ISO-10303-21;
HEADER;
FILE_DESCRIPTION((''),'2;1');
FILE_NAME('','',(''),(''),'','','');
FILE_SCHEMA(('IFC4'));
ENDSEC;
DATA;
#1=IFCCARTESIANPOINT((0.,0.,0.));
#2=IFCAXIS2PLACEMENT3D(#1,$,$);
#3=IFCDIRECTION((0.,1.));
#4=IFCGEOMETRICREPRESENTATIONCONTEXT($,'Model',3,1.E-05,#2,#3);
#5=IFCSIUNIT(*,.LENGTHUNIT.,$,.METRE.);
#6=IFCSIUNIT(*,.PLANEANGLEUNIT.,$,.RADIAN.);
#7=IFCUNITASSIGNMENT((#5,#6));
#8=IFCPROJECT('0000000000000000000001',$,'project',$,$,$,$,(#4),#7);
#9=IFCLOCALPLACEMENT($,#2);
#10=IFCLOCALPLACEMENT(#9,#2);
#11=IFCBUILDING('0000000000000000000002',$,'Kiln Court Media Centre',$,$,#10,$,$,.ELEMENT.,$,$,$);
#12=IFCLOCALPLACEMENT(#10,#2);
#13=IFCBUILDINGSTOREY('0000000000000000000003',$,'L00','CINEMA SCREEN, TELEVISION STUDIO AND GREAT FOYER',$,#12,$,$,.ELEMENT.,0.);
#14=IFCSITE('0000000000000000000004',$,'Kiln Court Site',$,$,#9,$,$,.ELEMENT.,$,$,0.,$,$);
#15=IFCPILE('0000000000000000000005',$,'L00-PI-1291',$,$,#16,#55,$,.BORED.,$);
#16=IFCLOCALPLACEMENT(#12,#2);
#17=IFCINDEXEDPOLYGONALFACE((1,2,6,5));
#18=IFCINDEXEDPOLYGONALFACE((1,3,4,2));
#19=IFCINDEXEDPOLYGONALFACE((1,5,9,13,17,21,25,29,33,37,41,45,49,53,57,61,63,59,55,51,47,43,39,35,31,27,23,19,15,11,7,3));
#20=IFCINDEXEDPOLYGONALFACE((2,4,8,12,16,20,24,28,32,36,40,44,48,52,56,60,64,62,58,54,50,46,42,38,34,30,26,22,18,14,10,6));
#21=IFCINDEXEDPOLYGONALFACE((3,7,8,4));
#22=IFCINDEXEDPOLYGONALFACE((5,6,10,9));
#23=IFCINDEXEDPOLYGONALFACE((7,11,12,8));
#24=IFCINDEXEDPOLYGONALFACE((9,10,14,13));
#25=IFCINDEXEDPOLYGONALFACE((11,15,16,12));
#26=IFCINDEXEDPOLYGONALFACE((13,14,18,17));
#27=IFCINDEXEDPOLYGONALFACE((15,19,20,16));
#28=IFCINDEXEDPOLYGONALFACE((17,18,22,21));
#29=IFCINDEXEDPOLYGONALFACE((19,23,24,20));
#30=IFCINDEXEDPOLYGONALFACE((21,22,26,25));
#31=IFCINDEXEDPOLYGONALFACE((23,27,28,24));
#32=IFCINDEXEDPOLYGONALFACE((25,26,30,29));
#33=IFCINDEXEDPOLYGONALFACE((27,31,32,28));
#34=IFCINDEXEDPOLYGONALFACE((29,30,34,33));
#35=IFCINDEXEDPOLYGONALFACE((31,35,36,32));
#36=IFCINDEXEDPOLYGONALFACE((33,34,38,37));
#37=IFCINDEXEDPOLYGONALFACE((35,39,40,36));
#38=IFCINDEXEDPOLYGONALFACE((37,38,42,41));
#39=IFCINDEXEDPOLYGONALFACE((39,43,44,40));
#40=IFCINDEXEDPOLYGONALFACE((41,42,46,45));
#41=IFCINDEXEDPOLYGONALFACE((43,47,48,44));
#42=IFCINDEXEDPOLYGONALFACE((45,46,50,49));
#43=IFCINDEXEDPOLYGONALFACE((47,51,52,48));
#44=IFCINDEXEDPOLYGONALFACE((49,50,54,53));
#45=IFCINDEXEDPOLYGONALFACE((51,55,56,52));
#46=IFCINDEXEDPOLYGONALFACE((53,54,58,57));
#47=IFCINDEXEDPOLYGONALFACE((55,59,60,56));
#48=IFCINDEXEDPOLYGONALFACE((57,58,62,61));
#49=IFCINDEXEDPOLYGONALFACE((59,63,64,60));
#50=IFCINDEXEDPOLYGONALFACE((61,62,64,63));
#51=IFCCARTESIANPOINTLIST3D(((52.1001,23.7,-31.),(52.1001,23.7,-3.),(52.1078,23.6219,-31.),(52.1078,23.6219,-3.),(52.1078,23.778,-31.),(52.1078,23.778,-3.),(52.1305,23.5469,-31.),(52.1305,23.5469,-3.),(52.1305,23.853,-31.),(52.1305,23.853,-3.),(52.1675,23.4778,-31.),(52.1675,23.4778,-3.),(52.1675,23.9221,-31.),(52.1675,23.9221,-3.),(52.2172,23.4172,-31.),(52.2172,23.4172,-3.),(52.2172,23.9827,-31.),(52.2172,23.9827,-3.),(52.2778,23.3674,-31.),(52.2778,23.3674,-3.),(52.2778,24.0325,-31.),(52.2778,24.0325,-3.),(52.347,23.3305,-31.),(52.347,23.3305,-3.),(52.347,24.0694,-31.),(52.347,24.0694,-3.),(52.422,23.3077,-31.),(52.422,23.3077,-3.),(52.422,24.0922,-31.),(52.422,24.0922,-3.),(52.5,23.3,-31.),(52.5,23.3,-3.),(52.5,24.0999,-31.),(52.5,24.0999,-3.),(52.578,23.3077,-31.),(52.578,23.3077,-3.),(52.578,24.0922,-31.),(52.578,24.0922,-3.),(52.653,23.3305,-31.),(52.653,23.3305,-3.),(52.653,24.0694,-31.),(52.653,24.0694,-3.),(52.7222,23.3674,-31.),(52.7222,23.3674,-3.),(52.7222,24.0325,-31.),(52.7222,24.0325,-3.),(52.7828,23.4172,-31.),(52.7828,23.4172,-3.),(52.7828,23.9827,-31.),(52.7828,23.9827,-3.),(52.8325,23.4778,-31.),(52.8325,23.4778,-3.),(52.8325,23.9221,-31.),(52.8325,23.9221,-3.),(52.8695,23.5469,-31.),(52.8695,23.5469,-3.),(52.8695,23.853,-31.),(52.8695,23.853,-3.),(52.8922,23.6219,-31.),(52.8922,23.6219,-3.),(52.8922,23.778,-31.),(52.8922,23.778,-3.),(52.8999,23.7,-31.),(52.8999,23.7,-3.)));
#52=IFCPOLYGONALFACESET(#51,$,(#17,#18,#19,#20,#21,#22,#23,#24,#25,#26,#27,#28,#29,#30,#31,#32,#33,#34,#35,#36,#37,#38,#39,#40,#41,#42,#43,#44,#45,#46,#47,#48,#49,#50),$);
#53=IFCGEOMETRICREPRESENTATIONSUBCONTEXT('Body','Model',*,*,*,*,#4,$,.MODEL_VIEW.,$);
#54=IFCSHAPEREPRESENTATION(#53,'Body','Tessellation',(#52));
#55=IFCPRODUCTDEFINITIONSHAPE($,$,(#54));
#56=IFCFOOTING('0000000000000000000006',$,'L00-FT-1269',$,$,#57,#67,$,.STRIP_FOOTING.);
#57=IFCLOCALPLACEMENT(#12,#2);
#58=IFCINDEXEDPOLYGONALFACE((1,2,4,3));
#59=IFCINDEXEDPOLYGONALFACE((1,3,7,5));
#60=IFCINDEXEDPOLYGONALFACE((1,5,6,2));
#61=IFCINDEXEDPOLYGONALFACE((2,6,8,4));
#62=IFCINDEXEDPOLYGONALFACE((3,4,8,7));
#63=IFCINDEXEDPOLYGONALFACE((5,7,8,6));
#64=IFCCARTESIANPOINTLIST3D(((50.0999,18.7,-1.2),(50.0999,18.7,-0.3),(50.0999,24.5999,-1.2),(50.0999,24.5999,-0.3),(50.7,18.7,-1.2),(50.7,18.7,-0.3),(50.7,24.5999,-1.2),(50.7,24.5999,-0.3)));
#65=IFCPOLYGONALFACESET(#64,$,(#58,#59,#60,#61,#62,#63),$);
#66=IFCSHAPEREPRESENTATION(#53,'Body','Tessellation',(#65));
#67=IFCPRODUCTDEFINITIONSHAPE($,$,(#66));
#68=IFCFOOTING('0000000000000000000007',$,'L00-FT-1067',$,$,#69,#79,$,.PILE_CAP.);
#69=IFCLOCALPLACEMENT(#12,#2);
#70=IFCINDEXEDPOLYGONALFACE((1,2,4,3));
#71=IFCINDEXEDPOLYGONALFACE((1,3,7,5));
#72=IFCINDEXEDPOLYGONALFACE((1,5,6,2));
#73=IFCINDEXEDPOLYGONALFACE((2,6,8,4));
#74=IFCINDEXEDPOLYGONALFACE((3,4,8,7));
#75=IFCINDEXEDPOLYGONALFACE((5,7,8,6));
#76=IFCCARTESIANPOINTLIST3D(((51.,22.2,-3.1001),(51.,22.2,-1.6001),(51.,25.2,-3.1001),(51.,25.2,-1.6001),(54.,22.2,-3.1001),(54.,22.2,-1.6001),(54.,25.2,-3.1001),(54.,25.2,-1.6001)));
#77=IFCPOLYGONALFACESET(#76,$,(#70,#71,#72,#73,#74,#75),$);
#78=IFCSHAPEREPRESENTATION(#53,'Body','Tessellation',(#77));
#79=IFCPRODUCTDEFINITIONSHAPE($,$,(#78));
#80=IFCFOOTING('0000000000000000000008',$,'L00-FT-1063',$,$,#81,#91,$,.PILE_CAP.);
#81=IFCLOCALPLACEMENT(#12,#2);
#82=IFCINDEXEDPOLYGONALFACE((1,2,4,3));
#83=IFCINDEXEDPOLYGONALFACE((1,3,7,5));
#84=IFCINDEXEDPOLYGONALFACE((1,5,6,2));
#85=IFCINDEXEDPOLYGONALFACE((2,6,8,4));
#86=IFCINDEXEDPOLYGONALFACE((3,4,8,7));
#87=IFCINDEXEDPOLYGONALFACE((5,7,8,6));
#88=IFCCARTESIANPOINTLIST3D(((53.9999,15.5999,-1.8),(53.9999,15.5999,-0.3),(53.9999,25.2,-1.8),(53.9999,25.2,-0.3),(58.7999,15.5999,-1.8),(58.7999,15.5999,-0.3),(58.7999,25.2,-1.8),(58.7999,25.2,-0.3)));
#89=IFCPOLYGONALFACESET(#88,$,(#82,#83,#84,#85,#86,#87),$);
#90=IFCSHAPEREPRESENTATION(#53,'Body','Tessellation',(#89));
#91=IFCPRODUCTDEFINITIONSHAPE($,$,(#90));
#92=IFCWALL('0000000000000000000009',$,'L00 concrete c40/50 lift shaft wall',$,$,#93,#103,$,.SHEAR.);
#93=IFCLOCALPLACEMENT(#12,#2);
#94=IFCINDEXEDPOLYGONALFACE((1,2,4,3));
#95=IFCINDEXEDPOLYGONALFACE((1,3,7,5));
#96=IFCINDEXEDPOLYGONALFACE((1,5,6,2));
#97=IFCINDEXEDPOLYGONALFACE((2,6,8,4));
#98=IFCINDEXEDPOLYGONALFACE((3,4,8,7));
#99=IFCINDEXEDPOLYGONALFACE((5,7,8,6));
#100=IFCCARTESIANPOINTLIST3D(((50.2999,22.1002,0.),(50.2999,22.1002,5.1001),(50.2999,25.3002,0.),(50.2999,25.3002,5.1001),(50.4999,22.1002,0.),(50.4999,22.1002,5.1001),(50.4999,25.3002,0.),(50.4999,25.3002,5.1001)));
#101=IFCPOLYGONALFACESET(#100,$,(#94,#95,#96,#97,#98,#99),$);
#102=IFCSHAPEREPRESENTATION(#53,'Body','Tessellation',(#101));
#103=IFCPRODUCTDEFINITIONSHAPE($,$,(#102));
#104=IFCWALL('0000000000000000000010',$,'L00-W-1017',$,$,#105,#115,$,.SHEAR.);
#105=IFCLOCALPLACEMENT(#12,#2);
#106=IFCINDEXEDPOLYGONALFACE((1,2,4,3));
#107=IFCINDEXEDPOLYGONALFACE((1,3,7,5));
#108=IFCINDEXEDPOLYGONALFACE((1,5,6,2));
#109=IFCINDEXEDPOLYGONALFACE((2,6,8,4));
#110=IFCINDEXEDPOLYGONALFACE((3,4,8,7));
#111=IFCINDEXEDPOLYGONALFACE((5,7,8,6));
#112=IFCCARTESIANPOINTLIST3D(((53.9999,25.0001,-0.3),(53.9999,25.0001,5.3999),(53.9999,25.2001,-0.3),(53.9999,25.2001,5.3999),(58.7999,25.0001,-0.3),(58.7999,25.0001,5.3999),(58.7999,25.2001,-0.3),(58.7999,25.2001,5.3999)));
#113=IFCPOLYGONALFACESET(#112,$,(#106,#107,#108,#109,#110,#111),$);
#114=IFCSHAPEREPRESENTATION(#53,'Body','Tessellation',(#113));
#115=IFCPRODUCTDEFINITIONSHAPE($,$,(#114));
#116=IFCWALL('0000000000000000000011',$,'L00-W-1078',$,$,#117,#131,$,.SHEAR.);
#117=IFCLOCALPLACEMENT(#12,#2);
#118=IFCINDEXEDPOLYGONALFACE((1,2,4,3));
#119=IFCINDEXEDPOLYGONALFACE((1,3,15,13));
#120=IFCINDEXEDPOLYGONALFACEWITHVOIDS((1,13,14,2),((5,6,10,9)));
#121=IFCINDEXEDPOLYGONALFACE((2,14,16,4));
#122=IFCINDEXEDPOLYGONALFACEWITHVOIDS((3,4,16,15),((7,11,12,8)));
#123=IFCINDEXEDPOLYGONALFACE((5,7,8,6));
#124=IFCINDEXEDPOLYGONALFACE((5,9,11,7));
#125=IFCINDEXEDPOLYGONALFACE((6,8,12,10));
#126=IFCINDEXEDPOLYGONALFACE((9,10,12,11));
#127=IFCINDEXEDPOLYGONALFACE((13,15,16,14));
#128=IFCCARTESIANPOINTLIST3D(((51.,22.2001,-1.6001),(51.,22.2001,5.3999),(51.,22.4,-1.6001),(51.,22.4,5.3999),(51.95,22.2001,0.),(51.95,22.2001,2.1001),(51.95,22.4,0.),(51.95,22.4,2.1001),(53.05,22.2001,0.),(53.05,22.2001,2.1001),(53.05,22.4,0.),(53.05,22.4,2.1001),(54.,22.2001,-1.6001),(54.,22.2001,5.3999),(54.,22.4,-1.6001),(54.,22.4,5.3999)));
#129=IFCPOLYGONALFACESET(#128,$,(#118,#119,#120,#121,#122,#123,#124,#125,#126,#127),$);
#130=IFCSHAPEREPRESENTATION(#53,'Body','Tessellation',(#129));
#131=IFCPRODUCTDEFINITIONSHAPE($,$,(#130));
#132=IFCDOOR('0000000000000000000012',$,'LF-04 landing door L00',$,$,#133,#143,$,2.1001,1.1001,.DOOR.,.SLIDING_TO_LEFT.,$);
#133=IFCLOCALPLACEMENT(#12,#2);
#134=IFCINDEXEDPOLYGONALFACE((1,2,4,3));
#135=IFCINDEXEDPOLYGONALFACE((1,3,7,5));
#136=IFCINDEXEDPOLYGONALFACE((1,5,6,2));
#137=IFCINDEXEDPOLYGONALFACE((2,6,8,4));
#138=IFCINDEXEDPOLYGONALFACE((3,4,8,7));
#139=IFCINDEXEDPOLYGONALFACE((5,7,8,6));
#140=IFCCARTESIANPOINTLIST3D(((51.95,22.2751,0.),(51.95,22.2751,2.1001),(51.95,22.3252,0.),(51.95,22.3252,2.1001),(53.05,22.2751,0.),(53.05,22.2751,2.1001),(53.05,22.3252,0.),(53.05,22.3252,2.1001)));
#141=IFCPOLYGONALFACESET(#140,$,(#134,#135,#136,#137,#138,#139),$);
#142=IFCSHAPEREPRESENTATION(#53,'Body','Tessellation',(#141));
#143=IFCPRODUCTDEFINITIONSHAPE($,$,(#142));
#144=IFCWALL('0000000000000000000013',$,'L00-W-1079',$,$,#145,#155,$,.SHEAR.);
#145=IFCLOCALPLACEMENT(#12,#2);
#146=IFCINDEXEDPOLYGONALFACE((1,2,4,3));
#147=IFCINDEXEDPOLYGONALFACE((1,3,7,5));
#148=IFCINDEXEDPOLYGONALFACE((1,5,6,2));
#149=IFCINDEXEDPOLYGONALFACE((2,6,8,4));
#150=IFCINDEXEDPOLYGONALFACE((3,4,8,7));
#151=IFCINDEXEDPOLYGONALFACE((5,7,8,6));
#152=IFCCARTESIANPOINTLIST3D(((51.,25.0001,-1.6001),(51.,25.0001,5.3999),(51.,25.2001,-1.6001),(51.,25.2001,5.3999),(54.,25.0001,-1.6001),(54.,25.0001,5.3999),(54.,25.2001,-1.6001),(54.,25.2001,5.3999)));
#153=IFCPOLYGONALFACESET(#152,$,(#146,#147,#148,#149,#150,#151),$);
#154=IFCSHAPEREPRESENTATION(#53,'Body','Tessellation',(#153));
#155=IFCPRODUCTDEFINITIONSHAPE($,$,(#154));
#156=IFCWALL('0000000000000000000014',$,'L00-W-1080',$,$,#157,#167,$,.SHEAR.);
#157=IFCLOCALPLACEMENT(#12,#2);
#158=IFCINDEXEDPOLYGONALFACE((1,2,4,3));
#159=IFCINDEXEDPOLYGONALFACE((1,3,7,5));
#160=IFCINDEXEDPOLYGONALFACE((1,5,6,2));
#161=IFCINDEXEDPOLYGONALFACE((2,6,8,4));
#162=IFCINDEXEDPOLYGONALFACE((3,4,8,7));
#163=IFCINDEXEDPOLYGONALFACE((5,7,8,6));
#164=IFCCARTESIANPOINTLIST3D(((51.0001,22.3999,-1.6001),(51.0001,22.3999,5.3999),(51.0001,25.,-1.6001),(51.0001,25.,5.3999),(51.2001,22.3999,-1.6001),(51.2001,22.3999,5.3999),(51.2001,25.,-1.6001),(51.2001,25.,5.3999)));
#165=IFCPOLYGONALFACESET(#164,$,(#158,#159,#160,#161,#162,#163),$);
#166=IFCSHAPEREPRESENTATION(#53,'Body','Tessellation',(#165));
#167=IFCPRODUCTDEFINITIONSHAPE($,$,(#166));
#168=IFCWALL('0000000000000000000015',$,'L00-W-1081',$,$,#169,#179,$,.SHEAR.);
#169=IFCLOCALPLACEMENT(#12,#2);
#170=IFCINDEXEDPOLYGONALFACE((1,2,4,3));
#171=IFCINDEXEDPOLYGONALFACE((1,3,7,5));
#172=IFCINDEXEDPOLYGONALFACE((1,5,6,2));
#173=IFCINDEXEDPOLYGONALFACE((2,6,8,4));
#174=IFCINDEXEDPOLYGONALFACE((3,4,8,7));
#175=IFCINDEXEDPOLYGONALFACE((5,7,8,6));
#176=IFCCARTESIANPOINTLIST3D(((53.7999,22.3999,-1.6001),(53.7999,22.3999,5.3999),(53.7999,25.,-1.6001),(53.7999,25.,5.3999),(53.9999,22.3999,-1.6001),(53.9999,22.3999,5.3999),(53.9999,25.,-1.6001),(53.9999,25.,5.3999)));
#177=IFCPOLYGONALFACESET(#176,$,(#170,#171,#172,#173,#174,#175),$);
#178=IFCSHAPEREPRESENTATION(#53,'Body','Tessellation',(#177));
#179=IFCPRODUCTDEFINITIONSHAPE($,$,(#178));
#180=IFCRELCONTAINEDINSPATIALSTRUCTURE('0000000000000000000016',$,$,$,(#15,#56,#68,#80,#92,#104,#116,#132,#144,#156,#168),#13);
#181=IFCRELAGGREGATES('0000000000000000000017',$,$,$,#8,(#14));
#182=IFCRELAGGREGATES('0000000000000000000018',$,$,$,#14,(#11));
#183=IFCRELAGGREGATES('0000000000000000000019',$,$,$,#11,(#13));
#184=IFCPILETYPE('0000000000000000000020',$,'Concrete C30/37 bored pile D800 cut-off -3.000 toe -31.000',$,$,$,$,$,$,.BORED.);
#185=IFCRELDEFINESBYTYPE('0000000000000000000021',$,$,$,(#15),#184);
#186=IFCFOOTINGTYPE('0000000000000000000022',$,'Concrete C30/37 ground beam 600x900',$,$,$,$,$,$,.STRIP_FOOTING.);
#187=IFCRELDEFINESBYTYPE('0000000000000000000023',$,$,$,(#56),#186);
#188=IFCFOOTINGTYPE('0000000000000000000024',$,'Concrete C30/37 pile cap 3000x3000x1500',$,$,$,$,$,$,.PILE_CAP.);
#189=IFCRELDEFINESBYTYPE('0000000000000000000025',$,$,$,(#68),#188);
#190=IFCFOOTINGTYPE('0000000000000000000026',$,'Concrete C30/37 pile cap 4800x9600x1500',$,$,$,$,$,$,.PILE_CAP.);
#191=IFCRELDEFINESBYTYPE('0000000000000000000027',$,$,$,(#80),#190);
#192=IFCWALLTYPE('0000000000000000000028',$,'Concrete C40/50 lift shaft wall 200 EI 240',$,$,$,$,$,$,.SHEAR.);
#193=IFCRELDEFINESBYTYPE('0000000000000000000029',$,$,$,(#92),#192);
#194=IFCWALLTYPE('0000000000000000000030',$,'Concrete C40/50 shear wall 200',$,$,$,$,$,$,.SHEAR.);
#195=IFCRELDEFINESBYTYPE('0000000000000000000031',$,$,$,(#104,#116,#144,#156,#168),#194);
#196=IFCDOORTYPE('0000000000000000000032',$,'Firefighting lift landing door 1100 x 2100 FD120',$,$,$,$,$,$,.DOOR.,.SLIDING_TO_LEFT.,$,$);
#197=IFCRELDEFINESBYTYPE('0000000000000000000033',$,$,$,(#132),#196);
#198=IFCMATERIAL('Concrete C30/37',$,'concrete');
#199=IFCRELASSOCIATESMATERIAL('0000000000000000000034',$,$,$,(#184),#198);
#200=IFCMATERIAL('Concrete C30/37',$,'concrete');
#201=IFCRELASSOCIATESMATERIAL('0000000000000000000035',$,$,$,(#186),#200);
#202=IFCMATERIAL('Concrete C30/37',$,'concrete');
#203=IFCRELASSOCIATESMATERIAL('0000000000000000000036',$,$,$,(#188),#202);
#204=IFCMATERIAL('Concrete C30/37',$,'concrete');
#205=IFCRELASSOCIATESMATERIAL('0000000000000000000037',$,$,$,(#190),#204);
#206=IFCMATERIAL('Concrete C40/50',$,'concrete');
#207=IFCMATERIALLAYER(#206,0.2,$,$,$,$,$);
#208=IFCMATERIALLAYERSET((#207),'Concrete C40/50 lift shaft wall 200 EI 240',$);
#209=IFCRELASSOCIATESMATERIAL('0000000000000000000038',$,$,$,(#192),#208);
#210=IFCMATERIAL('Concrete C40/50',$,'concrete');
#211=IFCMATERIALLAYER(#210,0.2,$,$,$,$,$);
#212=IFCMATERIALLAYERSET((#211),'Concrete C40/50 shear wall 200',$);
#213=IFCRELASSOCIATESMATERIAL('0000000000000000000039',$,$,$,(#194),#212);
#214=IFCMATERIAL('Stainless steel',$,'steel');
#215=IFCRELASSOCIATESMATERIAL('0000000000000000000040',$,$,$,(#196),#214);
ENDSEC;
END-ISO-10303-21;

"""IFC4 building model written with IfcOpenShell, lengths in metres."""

from ifc_helpers import new_model, si_unit, direction, frame, frame_2d, origin, origin_2d, place, context, subcontext, project, spatial, rectangle, circle, extrude, material, layer, layer_set, material_profile, profile_set, type_object, element, fill, save


model = new_model("IFC4")

# Units and contexts
model_context = context("Model", 3, precision=1e-05, world=origin(), true_north=direction((0.0, 1.0)))
body_context = subcontext(model_context, "Body", "Model", "MODEL_VIEW")
ifc_project = project(units=[si_unit("LENGTHUNIT", "METRE"), si_unit("PLANEANGLEUNIT", "RADIAN")], contexts=[model_context])

# Site, building, storey
site_placement = place(None, origin())
site = spatial("IfcSite", under=ifc_project, at=site_placement, Name="Kiln Court Site", CompositionType="ELEMENT", RefElevation=0.0)
building_placement = place(site_placement, origin())
building = spatial("IfcBuilding", under=site, at=building_placement, Name="Kiln Court Media Centre", CompositionType="ELEMENT")
storey_placement = place(building_placement, origin())
storey = spatial("IfcBuildingStorey", under=building, at=storey_placement, Name="L00", Description="CINEMA SCREEN, TELEVISION STUDIO AND GREAT FOYER", CompositionType="ELEMENT", Elevation=0.0)

# Pile
ifc_material_1 = material(Name="Concrete C30/37", Category="concrete")
ifc_material_profile_1 = material_profile(ifc_material_1, circle(Radius=0.3999, at=origin_2d()), Name="PILE D800")
ifc_profile_set_1 = profile_set([ifc_material_profile_1], Name="Concrete C30/37")
pile_type_1 = type_object("IfcPileType", Name="Concrete C30/37 bored pile D800 cut-off -3.000 toe -31.000", PredefinedType="BORED", material=ifc_profile_set_1)
pile_placement = place(storey_placement, frame((52.5, 23.7, -3.0), z_axis=(0.0, 0.0, -1.0), x_axis=(1.0, 0.0, 0.0)))
element("IfcPile", 1, at=pile_placement, inside=storey, type_object=pile_type_1, Name="L00-PI-1291", PredefinedType="BORED", context=body_context, shape_type="SweptSolid", body=[
    extrude(circle(Radius=0.3999, at=origin_2d()), origin(), (0.0, 0.0, 1.0), 28.0),
])

# Footings
ifc_material_2 = material(Name="Concrete C30/37", Category="concrete")
footing_type_1 = type_object("IfcFootingType", Name="Concrete C30/37 ground beam 600x900", PredefinedType="STRIP_FOOTING", material=ifc_material_2)
footing_1_placement = place(storey_placement, frame((50.3999, 21.6499, -1.2), z_axis=(0.0, 0.0, 1.0), x_axis=(1.0, 0.0, 0.0)))
element("IfcFooting", 2, at=footing_1_placement, inside=storey, type_object=footing_type_1, Name="L00-FT-1269", PredefinedType="STRIP_FOOTING", context=body_context, shape_type="SweptSolid", body=[
    extrude(rectangle(XDim=0.6001, YDim=5.8999, at=origin_2d()), origin(), (0.0, 0.0, 1.0), 0.8999),
])
ifc_material_3 = material(Name="Concrete C30/37", Category="concrete")
footing_type_2 = type_object("IfcFootingType", Name="Concrete C30/37 pile cap 3000x3000x1500", PredefinedType="PILE_CAP", material=ifc_material_3)
footing_2_placement = place(storey_placement, frame((52.5, 23.7, -3.1001), z_axis=(0.0, 0.0, 1.0), x_axis=(1.0, 0.0, 0.0)))
element("IfcFooting", 3, at=footing_2_placement, inside=storey, type_object=footing_type_2, Name="L00-FT-1067", PredefinedType="PILE_CAP", context=body_context, shape_type="SweptSolid", body=[
    extrude(rectangle(XDim=3.0, YDim=3.0, at=origin_2d()), origin(), (0.0, 0.0, 1.0), 1.5),
])
ifc_material_4 = material(Name="Concrete C30/37", Category="concrete")
footing_type_3 = type_object("IfcFootingType", Name="Concrete C30/37 pile cap 4800x9600x1500", PredefinedType="PILE_CAP", material=ifc_material_4)
footing_3_placement = place(storey_placement, frame((56.3999, 20.3999, -1.8), z_axis=(0.0, 0.0, 1.0), x_axis=(1.0, 0.0, 0.0)))
element("IfcFooting", 4, at=footing_3_placement, inside=storey, type_object=footing_type_3, Name="L00-FT-1063", PredefinedType="PILE_CAP", context=body_context, shape_type="SweptSolid", body=[
    extrude(rectangle(XDim=4.8, YDim=9.6001, at=origin_2d()), origin(), (0.0, 0.0, 1.0), 1.5),
])

# Walls
ifc_material_5 = material(Name="Concrete C40/50", Category="concrete")
ifc_layer_1 = layer(ifc_material_5, 0.2)
ifc_layer_set_1 = layer_set([ifc_layer_1], Name="Concrete C40/50 lift shaft wall 200 EI 240")
wall_type_1 = type_object("IfcWallType", Name="Concrete C40/50 lift shaft wall 200 EI 240", PredefinedType="SHEAR", material=ifc_layer_set_1)
wall_1_placement = place(storey_placement, frame((50.3999, 22.1001, 0.0), z_axis=(0.0, 0.0, 1.0), x_axis=(0.0, 1.0, 0.0)))
element("IfcWall", 5, at=wall_1_placement, inside=storey, type_object=wall_type_1, Name="L00 concrete c40/50 lift shaft wall", PredefinedType="SHEAR", context=body_context, shape_type="SweptSolid", body=[
    extrude(rectangle(XDim=3.2, YDim=0.2, at=frame_2d((1.6001, 0.0))), origin(), (0.0, 0.0, 1.0), 5.1001),
])
ifc_material_6 = material(Name="Concrete C40/50", Category="concrete")
ifc_layer_2 = layer(ifc_material_6, 0.2)
ifc_layer_set_2 = layer_set([ifc_layer_2], Name="Concrete C40/50 shear wall 200")
wall_type_2 = type_object("IfcWallType", Name="Concrete C40/50 shear wall 200", PredefinedType="SHEAR", material=ifc_layer_set_2)
wall_2_placement = place(storey_placement, frame((54.0, 25.1001, -0.3), z_axis=(0.0, 0.0, 1.0), x_axis=(1.0, 0.0, 0.0)))
element("IfcWall", 6, at=wall_2_placement, inside=storey, type_object=wall_type_2, Name="L00-W-1017", PredefinedType="SHEAR", context=body_context, shape_type="SweptSolid", body=[
    extrude(rectangle(XDim=4.8, YDim=0.2, at=frame_2d((2.3999, 0.0))), origin(), (0.0, 0.0, 1.0), 5.7),
])

# Wall, opening, door
wall_3_placement = place(storey_placement, frame((54.0, 22.3, -1.6001), z_axis=(0.0, 0.0, 1.0), x_axis=(-1.0, 0.0, 0.0)))
wall_3 = element("IfcWall", 7, at=wall_3_placement, inside=storey, type_object=wall_type_2, Name="L00-W-1078", PredefinedType="SHEAR", context=body_context, shape_type="SweptSolid", body=[
    extrude(rectangle(XDim=3.0, YDim=0.2, at=frame_2d((1.5, 0.0))), origin(), (0.0, 0.0, 1.0), 7.0),
])
opening_placement = place(wall_3_placement, frame((0.95, 0.0, 1.6001)))
opening = element("IfcOpeningElement", 8, at=opening_placement, cuts=wall_3, PredefinedType="OPENING", context=body_context, shape_type="SweptSolid", body=[
    extrude(rectangle(XDim=1.1001, YDim=2.1001, at=frame_2d((0.55, 1.05))), frame((0.0, 0.1099, 0.0), z_axis=(0.0, -1.0, 0.0), x_axis=(1.0, 0.0, 0.0)), (0.0, 0.0, 1.0), 0.22),
])
ifc_material_7 = material(Name="Stainless steel", Category="steel")
door_type = type_object("IfcDoorType", Name="Firefighting lift landing door 1100 x 2100 FD120", OperationType="SLIDING_TO_LEFT", PredefinedType="DOOR", material=ifc_material_7)
door_placement = place(opening_placement, origin())
door = element("IfcDoor", 9, at=door_placement, inside=storey, type_object=door_type, Name="LF-04 landing door L00", OperationType="SLIDING_TO_LEFT", OverallHeight=2.1001, OverallWidth=1.1001, PredefinedType="DOOR", context=body_context, shape_type="SweptSolid", body=[
    extrude(rectangle(XDim=1.1001, YDim=2.1001, at=frame_2d((0.55, 1.05))), frame((0.0, 0.0249, 0.0), z_axis=(0.0, -1.0, 0.0), x_axis=(1.0, 0.0, 0.0)), (0.0, 0.0, 1.0), 0.05),
])
fill(opening, door)

# Walls
wall_4_placement = place(storey_placement, frame((51.0, 25.1001, -1.6001), z_axis=(0.0, 0.0, 1.0), x_axis=(1.0, 0.0, 0.0)))
element("IfcWall", 10, at=wall_4_placement, inside=storey, type_object=wall_type_2, Name="L00-W-1079", PredefinedType="SHEAR", context=body_context, shape_type="SweptSolid", body=[
    extrude(rectangle(XDim=3.0, YDim=0.2, at=frame_2d((1.5, 0.0))), origin(), (0.0, 0.0, 1.0), 7.0),
])
for number, where, z_axis, x_axis, name in (
    (11, (51.1001, 22.3999, -1.6001), (0.0, 0.0, 1.0), (0.0, 1.0, 0.0), "L00-W-1080"),
    (12, (53.8999, 25.0, -1.6001), (0.0, 0.0, 1.0), (0.0, -1.0, 0.0), "L00-W-1081"),
):
    element("IfcWall", number, at=place(storey_placement, frame(where, z_axis=z_axis, x_axis=x_axis)), inside=storey, type_object=wall_type_2, Name=name, PredefinedType="SHEAR", context=body_context, shape_type="SweptSolid", body=[
        extrude(rectangle(XDim=2.6001, YDim=0.2, at=frame_2d((1.3, 0.0))), origin(), (0.0, 0.0, 1.0), 7.0),
    ])

save(model, "model.ifc")
